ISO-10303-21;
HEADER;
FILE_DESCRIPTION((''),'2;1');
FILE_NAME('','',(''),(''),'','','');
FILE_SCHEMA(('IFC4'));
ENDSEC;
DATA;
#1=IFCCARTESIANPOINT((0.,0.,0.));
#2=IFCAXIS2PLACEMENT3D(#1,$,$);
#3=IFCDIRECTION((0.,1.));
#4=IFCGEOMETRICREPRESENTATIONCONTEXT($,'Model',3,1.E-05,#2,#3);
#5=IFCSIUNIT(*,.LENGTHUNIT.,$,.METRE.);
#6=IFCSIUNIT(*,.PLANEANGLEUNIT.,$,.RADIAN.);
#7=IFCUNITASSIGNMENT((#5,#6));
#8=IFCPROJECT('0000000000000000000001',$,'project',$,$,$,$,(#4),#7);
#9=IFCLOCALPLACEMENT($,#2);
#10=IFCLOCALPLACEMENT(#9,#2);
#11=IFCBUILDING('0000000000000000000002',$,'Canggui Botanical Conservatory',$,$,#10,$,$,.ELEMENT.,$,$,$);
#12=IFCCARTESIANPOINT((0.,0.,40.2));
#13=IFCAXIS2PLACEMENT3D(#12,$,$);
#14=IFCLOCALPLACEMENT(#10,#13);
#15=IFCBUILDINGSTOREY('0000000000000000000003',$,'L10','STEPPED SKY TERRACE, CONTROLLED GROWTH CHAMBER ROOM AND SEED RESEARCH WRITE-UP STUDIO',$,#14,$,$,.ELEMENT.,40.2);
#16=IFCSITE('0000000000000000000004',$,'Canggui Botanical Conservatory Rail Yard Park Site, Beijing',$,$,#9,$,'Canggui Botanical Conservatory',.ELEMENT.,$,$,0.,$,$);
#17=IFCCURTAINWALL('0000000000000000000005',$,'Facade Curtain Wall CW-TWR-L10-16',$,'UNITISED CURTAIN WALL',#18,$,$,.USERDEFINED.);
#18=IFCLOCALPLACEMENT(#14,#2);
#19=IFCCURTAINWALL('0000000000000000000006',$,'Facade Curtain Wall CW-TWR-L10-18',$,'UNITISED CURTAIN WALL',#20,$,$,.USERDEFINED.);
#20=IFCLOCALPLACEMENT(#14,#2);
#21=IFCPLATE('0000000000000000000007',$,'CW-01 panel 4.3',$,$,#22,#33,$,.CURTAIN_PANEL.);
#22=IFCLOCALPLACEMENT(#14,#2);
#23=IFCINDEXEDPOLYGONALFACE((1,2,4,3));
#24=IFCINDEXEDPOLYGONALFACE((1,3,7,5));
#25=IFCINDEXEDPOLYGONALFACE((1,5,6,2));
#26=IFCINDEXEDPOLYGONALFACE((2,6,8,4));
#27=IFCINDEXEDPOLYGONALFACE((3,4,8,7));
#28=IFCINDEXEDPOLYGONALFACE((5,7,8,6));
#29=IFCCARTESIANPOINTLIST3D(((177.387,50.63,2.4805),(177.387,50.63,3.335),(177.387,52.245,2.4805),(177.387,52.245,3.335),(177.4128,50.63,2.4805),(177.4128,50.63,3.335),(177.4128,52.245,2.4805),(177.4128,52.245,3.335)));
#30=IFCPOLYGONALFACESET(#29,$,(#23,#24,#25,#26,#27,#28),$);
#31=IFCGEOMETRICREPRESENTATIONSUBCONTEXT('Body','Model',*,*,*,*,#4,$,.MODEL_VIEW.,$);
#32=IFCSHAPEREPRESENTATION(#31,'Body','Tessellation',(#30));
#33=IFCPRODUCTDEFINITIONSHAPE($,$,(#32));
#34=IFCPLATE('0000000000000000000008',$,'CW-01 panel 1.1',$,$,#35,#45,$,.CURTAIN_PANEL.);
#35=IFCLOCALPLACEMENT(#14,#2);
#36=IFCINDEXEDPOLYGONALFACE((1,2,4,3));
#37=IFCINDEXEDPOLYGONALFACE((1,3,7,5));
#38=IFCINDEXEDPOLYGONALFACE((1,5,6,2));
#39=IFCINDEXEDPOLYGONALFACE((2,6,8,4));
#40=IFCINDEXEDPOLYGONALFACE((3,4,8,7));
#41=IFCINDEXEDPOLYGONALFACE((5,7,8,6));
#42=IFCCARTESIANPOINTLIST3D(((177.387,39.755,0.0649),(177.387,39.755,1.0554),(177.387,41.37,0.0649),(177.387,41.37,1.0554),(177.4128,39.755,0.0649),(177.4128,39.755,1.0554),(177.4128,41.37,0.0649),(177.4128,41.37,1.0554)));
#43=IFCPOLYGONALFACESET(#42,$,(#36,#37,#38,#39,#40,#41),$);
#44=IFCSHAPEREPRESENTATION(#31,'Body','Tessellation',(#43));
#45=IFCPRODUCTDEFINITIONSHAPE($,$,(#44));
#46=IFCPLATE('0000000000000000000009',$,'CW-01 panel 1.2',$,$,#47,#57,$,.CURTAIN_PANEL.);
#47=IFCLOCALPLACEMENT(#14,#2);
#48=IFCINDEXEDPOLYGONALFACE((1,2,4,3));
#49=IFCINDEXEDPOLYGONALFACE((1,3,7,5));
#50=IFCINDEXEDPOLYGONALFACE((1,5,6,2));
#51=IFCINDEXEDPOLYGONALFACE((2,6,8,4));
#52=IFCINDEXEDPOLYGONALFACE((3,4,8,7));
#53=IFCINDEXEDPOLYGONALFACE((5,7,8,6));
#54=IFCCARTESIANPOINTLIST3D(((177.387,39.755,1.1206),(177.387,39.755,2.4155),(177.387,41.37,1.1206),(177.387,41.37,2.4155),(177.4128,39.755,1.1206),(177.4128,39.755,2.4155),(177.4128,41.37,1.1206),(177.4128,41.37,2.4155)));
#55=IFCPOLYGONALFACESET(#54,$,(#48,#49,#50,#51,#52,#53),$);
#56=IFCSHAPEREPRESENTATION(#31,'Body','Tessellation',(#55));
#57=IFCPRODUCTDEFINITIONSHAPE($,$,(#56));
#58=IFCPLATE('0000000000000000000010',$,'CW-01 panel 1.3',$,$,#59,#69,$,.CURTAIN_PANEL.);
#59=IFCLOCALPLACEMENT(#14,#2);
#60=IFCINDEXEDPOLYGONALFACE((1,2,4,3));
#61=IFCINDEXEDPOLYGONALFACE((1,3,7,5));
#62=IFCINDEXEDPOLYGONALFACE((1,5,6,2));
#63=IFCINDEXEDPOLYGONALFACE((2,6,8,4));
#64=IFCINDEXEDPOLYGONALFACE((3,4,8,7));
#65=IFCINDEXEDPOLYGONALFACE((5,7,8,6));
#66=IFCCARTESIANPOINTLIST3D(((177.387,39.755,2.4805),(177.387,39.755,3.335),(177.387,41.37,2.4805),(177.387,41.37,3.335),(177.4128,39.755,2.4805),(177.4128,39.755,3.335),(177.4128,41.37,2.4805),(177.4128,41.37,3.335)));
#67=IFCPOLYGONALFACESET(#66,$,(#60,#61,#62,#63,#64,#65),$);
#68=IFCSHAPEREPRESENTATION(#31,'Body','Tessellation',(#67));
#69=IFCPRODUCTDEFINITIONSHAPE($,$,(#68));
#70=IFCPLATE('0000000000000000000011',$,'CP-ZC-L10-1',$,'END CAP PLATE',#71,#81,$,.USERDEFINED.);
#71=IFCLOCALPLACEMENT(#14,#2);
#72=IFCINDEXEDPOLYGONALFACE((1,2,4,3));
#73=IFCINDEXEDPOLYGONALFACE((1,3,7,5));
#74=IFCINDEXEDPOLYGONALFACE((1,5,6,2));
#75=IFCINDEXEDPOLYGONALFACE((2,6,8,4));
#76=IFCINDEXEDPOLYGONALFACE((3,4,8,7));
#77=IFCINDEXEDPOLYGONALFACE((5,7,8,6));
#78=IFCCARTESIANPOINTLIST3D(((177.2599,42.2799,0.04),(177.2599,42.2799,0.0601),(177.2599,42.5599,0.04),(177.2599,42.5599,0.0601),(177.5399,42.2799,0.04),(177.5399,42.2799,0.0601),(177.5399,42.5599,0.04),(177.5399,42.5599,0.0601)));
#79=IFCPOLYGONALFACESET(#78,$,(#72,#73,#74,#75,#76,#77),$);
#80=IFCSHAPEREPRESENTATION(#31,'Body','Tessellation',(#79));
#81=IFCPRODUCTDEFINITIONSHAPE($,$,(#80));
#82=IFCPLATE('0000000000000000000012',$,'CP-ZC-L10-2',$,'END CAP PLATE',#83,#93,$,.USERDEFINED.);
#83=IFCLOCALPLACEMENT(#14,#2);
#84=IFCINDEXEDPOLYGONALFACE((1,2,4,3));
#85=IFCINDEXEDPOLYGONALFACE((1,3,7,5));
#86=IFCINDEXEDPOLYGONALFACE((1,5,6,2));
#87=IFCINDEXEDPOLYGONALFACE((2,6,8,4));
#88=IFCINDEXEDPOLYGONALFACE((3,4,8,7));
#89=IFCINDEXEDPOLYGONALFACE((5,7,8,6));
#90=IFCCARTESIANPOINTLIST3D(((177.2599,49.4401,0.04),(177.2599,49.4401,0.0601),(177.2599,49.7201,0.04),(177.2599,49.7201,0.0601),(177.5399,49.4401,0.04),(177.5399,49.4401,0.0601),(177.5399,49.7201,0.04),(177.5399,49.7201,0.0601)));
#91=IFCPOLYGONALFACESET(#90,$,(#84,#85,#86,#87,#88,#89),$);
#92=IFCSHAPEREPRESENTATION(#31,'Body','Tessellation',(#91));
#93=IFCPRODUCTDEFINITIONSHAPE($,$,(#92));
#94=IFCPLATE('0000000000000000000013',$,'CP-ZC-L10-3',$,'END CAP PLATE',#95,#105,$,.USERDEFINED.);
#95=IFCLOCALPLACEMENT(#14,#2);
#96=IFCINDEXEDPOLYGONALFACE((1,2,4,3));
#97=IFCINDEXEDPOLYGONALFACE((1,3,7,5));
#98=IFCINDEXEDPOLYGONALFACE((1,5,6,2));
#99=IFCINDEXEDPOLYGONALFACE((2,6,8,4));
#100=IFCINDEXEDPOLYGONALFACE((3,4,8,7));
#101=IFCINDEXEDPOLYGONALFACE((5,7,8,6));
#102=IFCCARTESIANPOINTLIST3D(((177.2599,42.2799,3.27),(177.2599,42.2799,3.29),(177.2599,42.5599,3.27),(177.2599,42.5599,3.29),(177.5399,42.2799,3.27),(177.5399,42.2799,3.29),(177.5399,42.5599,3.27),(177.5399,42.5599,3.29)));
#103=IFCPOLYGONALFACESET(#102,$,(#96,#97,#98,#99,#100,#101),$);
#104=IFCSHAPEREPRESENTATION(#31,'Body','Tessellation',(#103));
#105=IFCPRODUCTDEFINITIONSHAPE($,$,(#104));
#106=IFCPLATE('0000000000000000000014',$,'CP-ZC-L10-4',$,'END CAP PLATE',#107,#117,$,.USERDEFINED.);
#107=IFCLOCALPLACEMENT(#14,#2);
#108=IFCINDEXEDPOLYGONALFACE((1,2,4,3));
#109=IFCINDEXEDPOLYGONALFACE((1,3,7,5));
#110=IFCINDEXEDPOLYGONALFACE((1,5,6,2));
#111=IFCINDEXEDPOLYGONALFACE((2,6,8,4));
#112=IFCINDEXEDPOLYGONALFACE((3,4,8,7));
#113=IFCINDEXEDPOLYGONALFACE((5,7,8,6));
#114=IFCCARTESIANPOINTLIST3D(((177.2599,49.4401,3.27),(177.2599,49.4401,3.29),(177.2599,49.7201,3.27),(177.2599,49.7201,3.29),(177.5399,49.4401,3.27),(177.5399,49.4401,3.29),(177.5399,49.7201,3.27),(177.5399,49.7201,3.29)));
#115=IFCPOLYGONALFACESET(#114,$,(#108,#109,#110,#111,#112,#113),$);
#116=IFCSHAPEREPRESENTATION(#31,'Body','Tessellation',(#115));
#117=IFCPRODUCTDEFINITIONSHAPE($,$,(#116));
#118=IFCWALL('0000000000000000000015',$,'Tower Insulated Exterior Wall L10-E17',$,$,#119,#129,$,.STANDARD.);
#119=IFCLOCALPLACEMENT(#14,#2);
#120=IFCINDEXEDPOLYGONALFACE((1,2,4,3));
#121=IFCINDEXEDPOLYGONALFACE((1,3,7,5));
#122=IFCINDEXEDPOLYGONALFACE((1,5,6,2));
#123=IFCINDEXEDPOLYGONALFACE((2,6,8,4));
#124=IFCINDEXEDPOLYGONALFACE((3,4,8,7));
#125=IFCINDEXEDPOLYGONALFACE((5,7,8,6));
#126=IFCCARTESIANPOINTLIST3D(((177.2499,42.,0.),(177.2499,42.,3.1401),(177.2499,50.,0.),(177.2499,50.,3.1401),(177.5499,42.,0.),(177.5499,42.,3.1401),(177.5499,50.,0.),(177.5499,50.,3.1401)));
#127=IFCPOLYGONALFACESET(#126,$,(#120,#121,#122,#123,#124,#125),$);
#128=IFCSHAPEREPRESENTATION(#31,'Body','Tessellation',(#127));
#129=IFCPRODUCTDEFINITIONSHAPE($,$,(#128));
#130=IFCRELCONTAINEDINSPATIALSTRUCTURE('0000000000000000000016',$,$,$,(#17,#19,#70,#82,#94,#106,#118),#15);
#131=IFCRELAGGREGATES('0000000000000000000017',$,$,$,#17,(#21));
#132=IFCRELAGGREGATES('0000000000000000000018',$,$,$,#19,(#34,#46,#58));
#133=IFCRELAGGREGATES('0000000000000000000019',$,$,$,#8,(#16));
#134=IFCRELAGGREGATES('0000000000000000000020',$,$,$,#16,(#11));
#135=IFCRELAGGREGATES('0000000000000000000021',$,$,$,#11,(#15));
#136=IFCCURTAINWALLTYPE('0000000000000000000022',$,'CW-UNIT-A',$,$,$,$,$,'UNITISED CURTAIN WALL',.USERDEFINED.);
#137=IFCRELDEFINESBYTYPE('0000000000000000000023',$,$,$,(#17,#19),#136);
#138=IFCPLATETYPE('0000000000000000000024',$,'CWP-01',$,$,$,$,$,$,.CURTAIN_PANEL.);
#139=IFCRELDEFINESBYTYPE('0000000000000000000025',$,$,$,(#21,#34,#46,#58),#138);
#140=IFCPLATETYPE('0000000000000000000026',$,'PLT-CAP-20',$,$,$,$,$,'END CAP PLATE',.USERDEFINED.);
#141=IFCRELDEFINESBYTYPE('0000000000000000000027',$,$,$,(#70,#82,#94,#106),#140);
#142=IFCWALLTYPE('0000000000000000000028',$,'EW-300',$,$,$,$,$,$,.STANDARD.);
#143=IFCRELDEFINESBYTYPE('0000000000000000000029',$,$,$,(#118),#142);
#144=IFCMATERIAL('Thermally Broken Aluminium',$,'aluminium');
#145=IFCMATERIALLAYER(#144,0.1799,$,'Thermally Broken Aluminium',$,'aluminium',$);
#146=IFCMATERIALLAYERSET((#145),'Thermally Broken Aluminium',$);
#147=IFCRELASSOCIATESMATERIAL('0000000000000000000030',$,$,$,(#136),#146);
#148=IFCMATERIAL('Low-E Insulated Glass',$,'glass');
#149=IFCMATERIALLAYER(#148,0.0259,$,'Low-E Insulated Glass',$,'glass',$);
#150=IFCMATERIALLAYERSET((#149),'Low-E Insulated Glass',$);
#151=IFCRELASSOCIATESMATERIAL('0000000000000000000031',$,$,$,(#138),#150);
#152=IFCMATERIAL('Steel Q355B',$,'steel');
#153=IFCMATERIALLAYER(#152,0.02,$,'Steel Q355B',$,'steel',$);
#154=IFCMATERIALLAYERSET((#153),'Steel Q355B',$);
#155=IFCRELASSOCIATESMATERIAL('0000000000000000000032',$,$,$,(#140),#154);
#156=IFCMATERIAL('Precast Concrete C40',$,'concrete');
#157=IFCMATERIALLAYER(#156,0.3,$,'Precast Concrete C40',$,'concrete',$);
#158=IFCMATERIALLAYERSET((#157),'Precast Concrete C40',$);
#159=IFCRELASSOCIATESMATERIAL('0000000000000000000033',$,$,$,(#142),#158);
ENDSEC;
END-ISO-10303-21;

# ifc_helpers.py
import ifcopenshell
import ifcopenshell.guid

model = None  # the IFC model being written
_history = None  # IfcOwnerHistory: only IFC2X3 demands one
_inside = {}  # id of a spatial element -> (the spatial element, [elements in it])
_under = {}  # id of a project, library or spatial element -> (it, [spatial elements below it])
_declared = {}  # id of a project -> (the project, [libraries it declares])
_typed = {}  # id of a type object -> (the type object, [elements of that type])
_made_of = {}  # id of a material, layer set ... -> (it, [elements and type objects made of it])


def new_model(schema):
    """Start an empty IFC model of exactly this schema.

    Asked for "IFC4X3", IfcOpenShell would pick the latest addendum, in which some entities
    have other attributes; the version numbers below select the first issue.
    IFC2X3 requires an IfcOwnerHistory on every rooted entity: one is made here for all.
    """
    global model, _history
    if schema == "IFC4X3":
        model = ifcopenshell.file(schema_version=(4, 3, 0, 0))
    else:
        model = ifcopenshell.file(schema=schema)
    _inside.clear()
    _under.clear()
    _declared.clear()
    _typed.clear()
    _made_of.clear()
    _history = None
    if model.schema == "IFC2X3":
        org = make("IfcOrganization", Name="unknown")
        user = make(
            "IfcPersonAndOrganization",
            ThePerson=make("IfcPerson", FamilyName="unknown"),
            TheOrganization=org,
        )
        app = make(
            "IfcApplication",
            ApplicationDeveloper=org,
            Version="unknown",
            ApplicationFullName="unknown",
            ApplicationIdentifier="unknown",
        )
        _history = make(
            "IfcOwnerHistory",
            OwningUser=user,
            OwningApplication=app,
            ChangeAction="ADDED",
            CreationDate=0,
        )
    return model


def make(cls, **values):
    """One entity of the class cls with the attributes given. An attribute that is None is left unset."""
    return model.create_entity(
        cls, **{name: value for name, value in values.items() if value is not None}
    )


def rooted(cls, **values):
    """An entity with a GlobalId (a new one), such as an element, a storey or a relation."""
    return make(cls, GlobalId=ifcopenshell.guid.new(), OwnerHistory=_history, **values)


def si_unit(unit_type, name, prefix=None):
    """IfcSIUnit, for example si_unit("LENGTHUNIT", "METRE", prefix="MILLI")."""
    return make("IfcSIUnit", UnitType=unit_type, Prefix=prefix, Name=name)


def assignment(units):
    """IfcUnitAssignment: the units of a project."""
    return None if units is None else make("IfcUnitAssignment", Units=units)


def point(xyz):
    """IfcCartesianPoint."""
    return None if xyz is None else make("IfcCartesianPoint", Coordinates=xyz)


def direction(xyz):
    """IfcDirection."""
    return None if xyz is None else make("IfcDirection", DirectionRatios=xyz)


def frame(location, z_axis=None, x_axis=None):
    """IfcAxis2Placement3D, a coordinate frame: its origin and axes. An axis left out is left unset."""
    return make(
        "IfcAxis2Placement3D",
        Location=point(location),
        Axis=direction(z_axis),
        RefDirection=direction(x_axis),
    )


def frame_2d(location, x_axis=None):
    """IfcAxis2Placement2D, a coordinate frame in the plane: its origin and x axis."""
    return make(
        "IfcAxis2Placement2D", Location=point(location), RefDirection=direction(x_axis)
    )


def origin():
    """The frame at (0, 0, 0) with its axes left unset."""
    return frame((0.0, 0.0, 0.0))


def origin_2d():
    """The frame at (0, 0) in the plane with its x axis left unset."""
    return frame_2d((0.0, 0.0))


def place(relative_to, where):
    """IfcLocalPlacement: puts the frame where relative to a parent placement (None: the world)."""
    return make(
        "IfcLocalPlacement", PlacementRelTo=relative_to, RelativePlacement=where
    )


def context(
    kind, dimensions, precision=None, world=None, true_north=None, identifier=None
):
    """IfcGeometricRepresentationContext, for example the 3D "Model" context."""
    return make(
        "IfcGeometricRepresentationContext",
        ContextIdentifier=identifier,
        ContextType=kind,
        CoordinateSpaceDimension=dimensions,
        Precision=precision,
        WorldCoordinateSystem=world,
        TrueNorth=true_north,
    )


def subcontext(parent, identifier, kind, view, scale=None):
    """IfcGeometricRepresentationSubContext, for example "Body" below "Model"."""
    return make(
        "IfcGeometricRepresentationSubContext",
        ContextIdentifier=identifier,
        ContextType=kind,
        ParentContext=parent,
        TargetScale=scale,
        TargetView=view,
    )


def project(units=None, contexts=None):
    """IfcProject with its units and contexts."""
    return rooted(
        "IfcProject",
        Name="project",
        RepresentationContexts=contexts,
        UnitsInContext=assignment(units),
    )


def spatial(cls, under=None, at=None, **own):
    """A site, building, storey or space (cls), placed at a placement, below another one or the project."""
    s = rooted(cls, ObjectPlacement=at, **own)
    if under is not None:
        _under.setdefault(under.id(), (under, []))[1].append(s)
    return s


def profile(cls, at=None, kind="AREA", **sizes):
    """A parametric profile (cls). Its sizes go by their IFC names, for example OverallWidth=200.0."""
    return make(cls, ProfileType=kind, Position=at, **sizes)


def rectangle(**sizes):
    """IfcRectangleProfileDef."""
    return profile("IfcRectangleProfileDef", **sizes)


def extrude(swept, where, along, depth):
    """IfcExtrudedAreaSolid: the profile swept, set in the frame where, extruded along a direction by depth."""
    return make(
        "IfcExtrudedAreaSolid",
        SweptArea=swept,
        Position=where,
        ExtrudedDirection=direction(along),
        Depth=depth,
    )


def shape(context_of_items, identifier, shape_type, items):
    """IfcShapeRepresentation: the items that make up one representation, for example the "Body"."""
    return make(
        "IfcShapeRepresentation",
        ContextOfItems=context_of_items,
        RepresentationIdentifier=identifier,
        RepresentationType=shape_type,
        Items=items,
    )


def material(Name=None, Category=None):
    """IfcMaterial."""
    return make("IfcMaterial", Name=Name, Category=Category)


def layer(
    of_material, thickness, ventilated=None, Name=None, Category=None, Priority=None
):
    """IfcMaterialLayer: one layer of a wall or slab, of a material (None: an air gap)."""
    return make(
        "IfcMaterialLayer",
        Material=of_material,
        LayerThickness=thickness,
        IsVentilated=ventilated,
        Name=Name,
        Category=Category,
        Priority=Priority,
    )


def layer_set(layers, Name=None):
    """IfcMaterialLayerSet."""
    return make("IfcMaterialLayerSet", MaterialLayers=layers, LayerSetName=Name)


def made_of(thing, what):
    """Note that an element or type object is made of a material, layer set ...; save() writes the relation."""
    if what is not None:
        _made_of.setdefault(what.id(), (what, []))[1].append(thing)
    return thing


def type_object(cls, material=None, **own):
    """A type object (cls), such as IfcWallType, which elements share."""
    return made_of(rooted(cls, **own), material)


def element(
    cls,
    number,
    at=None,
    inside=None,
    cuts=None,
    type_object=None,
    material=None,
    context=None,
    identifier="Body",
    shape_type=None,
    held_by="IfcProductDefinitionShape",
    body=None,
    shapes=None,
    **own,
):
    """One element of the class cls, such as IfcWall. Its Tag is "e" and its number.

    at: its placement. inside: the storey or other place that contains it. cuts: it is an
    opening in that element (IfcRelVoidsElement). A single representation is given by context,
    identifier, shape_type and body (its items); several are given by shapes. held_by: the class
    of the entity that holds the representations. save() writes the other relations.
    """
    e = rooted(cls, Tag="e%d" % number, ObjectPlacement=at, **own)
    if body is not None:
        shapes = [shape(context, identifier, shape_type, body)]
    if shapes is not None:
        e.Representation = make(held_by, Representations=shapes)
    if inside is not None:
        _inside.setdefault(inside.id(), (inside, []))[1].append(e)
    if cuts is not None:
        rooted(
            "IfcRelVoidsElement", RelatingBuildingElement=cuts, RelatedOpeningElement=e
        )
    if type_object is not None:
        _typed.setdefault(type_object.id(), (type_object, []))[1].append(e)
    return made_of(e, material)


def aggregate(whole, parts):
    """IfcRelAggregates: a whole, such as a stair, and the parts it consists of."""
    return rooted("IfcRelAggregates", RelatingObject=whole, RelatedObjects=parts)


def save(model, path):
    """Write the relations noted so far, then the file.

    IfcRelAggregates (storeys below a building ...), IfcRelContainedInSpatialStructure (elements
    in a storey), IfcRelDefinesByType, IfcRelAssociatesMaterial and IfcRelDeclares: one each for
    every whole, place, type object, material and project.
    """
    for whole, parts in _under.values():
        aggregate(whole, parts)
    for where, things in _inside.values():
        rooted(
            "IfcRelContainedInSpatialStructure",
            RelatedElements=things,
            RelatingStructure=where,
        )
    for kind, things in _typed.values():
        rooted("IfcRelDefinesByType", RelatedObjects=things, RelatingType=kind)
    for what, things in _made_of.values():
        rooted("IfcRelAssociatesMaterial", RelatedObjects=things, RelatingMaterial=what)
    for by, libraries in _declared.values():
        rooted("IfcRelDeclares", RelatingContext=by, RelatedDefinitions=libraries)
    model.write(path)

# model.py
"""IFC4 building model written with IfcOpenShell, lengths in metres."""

from ifc_helpers import new_model, si_unit, direction, frame, frame_2d, origin, origin_2d, place, context, subcontext, project, spatial, rectangle, extrude, material, layer, layer_set, type_object, element, aggregate, save


model = new_model("IFC4")

# Units and contexts
model_context = context("Model", 3, precision=1e-05, world=origin(), true_north=direction((0.0, 1.0)))
body_context = subcontext(model_context, "Body", "Model", "MODEL_VIEW")
ifc_project = project(units=[si_unit("LENGTHUNIT", "METRE"), si_unit("PLANEANGLEUNIT", "RADIAN")], contexts=[model_context])

# Site, building, storey
site_placement = place(None, origin())
site = spatial("IfcSite", under=ifc_project, at=site_placement, Name="Canggui Botanical Conservatory Rail Yard Park Site, Beijing", LongName="Canggui Botanical Conservatory", CompositionType="ELEMENT", RefElevation=0.0)
building_placement = place(site_placement, origin())
building = spatial("IfcBuilding", under=site, at=building_placement, Name="Canggui Botanical Conservatory", CompositionType="ELEMENT")
storey_placement = place(building_placement, frame((0.0, 0.0, 40.2)))
storey = spatial("IfcBuildingStorey", under=building, at=storey_placement, Name="L10", Description="STEPPED SKY TERRACE, CONTROLLED GROWTH CHAMBER ROOM AND SEED RESEARCH WRITE-UP STUDIO", CompositionType="ELEMENT", Elevation=40.2)

# Curtain walls
ifc_material_1 = material(Name="Thermally Broken Aluminium", Category="aluminium")
ifc_layer_1 = layer(ifc_material_1, 0.1799, Name="Thermally Broken Aluminium", Category="aluminium")
ifc_layer_set_1 = layer_set([ifc_layer_1], Name="Thermally Broken Aluminium")
curtain_wall_type = type_object("IfcCurtainWallType", Name="CW-UNIT-A", ElementType="UNITISED CURTAIN WALL", PredefinedType="USERDEFINED", material=ifc_layer_set_1)
curtain_wall_1_placement = place(storey_placement, origin())
curtain_wall_1 = element("IfcCurtainWall", 1, at=curtain_wall_1_placement, inside=storey, type_object=curtain_wall_type, Name="Facade Curtain Wall CW-TWR-L10-16", ObjectType="UNITISED CURTAIN WALL", PredefinedType="USERDEFINED")
curtain_wall_2_placement = place(storey_placement, origin())
curtain_wall_2 = element("IfcCurtainWall", 2, at=curtain_wall_2_placement, inside=storey, type_object=curtain_wall_type, Name="Facade Curtain Wall CW-TWR-L10-18", ObjectType="UNITISED CURTAIN WALL", PredefinedType="USERDEFINED")

# Shared definitions
ifc_material_2 = material(Name="Steel Q355B", Category="steel")

# Plates
ifc_material_3 = material(Name="Low-E Insulated Glass", Category="glass")
ifc_layer_2 = layer(ifc_material_3, 0.0259, Name="Low-E Insulated Glass", Category="glass")
ifc_layer_set_2 = layer_set([ifc_layer_2], Name="Low-E Insulated Glass")
plate_type_1 = type_object("IfcPlateType", Name="CWP-01", PredefinedType="CURTAIN_PANEL", material=ifc_layer_set_2)
plate_1_placement = place(storey_placement, frame((177.3999, 51.4375, 2.4805), z_axis=(0.0, 0.0, 1.0), x_axis=(0.0, -1.0, 0.0)))
plate_1 = element("IfcPlate", 3, at=plate_1_placement, type_object=plate_type_1, Name="CW-01 panel 4.3", PredefinedType="CURTAIN_PANEL", context=body_context, shape_type="SweptSolid", body=[
    extrude(rectangle(XDim=1.615, YDim=0.0259, at=origin_2d()), origin(), (0.0, 0.0, 1.0), 0.8545),
])
aggregate(curtain_wall_1, [plate_1])
plate_2_placement = place(storey_placement, frame((177.3999, 40.5625, 0.0649), z_axis=(0.0, 0.0, 1.0), x_axis=(0.0, -1.0, 0.0)))
plate_2 = element("IfcPlate", 4, at=plate_2_placement, type_object=plate_type_1, Name="CW-01 panel 1.1", PredefinedType="CURTAIN_PANEL", context=body_context, shape_type="SweptSolid", body=[
    extrude(rectangle(XDim=1.615, YDim=0.0259, at=origin_2d()), origin(), (0.0, 0.0, 1.0), 0.9905),
])
plate_3_placement = place(storey_placement, frame((177.3999, 40.5625, 1.1206), z_axis=(0.0, 0.0, 1.0), x_axis=(0.0, -1.0, 0.0)))
plate_3 = element("IfcPlate", 5, at=plate_3_placement, type_object=plate_type_1, Name="CW-01 panel 1.2", PredefinedType="CURTAIN_PANEL", context=body_context, shape_type="SweptSolid", body=[
    extrude(rectangle(XDim=1.615, YDim=0.0259, at=origin_2d()), origin(), (0.0, 0.0, 1.0), 1.2949),
])
plate_4_placement = place(storey_placement, frame((177.3999, 40.5625, 2.4805), z_axis=(0.0, 0.0, 1.0), x_axis=(0.0, -1.0, 0.0)))
plate_4 = element("IfcPlate", 6, at=plate_4_placement, type_object=plate_type_1, Name="CW-01 panel 1.3", PredefinedType="CURTAIN_PANEL", context=body_context, shape_type="SweptSolid", body=[
    extrude(rectangle(XDim=1.615, YDim=0.0259, at=origin_2d()), origin(), (0.0, 0.0, 1.0), 0.8545),
])
aggregate(curtain_wall_2, [plate_2, plate_3, plate_4])

# Plates
ifc_layer_3 = layer(ifc_material_2, 0.02, Name="Steel Q355B", Category="steel")
ifc_layer_set_3 = layer_set([ifc_layer_3], Name="Steel Q355B")
plate_type_2 = type_object("IfcPlateType", Name="PLT-CAP-20", ElementType="END CAP PLATE", PredefinedType="USERDEFINED", material=ifc_layer_set_3)
for number, where, z_axis, x_axis, name in (
    (7, (177.3999, 42.4199, 0.04), (0.0, 0.0, 1.0), (1.0, 0.0, 0.0), "CP-ZC-L10-1"),
    (8, (177.3999, 49.5801, 0.04), (0.0, 0.0, 1.0), (1.0, 0.0, 0.0), "CP-ZC-L10-2"),
    (9, (177.3999, 42.4199, 3.27), (0.0, 0.0, 1.0), (1.0, 0.0, 0.0), "CP-ZC-L10-3"),
    (10, (177.3999, 49.5801, 3.27), (0.0, 0.0, 1.0), (1.0, 0.0, 0.0), "CP-ZC-L10-4"),
):
    element("IfcPlate", number, at=place(storey_placement, frame(where, z_axis=z_axis, x_axis=x_axis)), inside=storey, type_object=plate_type_2, Name=name, ObjectType="END CAP PLATE", PredefinedType="USERDEFINED", context=body_context, shape_type="SweptSolid", body=[
        extrude(rectangle(XDim=0.28, YDim=0.28, at=origin_2d()), origin(), (0.0, 0.0, 1.0), 0.02),
    ])

# Wall
ifc_material_4 = material(Name="Precast Concrete C40", Category="concrete")
ifc_layer_4 = layer(ifc_material_4, 0.3, Name="Precast Concrete C40", Category="concrete")
ifc_layer_set_4 = layer_set([ifc_layer_4], Name="Precast Concrete C40")
wall_type = type_object("IfcWallType", Name="EW-300", PredefinedType="STANDARD", material=ifc_layer_set_4)
wall_placement = place(storey_placement, frame((177.3999, 50.0, 0.0), z_axis=(0.0, 0.0, 1.0), x_axis=(0.0, -1.0, 0.0)))
element("IfcWall", 11, at=wall_placement, inside=storey, type_object=wall_type, Name="Tower Insulated Exterior Wall L10-E17", PredefinedType="STANDARD", context=body_context, shape_type="SweptSolid", body=[
    extrude(rectangle(XDim=8.0, YDim=0.3, at=frame_2d((4.0, 0.0))), origin(), (0.0, 0.0, 1.0), 3.1401),
])

save(model, "model.ifc")
